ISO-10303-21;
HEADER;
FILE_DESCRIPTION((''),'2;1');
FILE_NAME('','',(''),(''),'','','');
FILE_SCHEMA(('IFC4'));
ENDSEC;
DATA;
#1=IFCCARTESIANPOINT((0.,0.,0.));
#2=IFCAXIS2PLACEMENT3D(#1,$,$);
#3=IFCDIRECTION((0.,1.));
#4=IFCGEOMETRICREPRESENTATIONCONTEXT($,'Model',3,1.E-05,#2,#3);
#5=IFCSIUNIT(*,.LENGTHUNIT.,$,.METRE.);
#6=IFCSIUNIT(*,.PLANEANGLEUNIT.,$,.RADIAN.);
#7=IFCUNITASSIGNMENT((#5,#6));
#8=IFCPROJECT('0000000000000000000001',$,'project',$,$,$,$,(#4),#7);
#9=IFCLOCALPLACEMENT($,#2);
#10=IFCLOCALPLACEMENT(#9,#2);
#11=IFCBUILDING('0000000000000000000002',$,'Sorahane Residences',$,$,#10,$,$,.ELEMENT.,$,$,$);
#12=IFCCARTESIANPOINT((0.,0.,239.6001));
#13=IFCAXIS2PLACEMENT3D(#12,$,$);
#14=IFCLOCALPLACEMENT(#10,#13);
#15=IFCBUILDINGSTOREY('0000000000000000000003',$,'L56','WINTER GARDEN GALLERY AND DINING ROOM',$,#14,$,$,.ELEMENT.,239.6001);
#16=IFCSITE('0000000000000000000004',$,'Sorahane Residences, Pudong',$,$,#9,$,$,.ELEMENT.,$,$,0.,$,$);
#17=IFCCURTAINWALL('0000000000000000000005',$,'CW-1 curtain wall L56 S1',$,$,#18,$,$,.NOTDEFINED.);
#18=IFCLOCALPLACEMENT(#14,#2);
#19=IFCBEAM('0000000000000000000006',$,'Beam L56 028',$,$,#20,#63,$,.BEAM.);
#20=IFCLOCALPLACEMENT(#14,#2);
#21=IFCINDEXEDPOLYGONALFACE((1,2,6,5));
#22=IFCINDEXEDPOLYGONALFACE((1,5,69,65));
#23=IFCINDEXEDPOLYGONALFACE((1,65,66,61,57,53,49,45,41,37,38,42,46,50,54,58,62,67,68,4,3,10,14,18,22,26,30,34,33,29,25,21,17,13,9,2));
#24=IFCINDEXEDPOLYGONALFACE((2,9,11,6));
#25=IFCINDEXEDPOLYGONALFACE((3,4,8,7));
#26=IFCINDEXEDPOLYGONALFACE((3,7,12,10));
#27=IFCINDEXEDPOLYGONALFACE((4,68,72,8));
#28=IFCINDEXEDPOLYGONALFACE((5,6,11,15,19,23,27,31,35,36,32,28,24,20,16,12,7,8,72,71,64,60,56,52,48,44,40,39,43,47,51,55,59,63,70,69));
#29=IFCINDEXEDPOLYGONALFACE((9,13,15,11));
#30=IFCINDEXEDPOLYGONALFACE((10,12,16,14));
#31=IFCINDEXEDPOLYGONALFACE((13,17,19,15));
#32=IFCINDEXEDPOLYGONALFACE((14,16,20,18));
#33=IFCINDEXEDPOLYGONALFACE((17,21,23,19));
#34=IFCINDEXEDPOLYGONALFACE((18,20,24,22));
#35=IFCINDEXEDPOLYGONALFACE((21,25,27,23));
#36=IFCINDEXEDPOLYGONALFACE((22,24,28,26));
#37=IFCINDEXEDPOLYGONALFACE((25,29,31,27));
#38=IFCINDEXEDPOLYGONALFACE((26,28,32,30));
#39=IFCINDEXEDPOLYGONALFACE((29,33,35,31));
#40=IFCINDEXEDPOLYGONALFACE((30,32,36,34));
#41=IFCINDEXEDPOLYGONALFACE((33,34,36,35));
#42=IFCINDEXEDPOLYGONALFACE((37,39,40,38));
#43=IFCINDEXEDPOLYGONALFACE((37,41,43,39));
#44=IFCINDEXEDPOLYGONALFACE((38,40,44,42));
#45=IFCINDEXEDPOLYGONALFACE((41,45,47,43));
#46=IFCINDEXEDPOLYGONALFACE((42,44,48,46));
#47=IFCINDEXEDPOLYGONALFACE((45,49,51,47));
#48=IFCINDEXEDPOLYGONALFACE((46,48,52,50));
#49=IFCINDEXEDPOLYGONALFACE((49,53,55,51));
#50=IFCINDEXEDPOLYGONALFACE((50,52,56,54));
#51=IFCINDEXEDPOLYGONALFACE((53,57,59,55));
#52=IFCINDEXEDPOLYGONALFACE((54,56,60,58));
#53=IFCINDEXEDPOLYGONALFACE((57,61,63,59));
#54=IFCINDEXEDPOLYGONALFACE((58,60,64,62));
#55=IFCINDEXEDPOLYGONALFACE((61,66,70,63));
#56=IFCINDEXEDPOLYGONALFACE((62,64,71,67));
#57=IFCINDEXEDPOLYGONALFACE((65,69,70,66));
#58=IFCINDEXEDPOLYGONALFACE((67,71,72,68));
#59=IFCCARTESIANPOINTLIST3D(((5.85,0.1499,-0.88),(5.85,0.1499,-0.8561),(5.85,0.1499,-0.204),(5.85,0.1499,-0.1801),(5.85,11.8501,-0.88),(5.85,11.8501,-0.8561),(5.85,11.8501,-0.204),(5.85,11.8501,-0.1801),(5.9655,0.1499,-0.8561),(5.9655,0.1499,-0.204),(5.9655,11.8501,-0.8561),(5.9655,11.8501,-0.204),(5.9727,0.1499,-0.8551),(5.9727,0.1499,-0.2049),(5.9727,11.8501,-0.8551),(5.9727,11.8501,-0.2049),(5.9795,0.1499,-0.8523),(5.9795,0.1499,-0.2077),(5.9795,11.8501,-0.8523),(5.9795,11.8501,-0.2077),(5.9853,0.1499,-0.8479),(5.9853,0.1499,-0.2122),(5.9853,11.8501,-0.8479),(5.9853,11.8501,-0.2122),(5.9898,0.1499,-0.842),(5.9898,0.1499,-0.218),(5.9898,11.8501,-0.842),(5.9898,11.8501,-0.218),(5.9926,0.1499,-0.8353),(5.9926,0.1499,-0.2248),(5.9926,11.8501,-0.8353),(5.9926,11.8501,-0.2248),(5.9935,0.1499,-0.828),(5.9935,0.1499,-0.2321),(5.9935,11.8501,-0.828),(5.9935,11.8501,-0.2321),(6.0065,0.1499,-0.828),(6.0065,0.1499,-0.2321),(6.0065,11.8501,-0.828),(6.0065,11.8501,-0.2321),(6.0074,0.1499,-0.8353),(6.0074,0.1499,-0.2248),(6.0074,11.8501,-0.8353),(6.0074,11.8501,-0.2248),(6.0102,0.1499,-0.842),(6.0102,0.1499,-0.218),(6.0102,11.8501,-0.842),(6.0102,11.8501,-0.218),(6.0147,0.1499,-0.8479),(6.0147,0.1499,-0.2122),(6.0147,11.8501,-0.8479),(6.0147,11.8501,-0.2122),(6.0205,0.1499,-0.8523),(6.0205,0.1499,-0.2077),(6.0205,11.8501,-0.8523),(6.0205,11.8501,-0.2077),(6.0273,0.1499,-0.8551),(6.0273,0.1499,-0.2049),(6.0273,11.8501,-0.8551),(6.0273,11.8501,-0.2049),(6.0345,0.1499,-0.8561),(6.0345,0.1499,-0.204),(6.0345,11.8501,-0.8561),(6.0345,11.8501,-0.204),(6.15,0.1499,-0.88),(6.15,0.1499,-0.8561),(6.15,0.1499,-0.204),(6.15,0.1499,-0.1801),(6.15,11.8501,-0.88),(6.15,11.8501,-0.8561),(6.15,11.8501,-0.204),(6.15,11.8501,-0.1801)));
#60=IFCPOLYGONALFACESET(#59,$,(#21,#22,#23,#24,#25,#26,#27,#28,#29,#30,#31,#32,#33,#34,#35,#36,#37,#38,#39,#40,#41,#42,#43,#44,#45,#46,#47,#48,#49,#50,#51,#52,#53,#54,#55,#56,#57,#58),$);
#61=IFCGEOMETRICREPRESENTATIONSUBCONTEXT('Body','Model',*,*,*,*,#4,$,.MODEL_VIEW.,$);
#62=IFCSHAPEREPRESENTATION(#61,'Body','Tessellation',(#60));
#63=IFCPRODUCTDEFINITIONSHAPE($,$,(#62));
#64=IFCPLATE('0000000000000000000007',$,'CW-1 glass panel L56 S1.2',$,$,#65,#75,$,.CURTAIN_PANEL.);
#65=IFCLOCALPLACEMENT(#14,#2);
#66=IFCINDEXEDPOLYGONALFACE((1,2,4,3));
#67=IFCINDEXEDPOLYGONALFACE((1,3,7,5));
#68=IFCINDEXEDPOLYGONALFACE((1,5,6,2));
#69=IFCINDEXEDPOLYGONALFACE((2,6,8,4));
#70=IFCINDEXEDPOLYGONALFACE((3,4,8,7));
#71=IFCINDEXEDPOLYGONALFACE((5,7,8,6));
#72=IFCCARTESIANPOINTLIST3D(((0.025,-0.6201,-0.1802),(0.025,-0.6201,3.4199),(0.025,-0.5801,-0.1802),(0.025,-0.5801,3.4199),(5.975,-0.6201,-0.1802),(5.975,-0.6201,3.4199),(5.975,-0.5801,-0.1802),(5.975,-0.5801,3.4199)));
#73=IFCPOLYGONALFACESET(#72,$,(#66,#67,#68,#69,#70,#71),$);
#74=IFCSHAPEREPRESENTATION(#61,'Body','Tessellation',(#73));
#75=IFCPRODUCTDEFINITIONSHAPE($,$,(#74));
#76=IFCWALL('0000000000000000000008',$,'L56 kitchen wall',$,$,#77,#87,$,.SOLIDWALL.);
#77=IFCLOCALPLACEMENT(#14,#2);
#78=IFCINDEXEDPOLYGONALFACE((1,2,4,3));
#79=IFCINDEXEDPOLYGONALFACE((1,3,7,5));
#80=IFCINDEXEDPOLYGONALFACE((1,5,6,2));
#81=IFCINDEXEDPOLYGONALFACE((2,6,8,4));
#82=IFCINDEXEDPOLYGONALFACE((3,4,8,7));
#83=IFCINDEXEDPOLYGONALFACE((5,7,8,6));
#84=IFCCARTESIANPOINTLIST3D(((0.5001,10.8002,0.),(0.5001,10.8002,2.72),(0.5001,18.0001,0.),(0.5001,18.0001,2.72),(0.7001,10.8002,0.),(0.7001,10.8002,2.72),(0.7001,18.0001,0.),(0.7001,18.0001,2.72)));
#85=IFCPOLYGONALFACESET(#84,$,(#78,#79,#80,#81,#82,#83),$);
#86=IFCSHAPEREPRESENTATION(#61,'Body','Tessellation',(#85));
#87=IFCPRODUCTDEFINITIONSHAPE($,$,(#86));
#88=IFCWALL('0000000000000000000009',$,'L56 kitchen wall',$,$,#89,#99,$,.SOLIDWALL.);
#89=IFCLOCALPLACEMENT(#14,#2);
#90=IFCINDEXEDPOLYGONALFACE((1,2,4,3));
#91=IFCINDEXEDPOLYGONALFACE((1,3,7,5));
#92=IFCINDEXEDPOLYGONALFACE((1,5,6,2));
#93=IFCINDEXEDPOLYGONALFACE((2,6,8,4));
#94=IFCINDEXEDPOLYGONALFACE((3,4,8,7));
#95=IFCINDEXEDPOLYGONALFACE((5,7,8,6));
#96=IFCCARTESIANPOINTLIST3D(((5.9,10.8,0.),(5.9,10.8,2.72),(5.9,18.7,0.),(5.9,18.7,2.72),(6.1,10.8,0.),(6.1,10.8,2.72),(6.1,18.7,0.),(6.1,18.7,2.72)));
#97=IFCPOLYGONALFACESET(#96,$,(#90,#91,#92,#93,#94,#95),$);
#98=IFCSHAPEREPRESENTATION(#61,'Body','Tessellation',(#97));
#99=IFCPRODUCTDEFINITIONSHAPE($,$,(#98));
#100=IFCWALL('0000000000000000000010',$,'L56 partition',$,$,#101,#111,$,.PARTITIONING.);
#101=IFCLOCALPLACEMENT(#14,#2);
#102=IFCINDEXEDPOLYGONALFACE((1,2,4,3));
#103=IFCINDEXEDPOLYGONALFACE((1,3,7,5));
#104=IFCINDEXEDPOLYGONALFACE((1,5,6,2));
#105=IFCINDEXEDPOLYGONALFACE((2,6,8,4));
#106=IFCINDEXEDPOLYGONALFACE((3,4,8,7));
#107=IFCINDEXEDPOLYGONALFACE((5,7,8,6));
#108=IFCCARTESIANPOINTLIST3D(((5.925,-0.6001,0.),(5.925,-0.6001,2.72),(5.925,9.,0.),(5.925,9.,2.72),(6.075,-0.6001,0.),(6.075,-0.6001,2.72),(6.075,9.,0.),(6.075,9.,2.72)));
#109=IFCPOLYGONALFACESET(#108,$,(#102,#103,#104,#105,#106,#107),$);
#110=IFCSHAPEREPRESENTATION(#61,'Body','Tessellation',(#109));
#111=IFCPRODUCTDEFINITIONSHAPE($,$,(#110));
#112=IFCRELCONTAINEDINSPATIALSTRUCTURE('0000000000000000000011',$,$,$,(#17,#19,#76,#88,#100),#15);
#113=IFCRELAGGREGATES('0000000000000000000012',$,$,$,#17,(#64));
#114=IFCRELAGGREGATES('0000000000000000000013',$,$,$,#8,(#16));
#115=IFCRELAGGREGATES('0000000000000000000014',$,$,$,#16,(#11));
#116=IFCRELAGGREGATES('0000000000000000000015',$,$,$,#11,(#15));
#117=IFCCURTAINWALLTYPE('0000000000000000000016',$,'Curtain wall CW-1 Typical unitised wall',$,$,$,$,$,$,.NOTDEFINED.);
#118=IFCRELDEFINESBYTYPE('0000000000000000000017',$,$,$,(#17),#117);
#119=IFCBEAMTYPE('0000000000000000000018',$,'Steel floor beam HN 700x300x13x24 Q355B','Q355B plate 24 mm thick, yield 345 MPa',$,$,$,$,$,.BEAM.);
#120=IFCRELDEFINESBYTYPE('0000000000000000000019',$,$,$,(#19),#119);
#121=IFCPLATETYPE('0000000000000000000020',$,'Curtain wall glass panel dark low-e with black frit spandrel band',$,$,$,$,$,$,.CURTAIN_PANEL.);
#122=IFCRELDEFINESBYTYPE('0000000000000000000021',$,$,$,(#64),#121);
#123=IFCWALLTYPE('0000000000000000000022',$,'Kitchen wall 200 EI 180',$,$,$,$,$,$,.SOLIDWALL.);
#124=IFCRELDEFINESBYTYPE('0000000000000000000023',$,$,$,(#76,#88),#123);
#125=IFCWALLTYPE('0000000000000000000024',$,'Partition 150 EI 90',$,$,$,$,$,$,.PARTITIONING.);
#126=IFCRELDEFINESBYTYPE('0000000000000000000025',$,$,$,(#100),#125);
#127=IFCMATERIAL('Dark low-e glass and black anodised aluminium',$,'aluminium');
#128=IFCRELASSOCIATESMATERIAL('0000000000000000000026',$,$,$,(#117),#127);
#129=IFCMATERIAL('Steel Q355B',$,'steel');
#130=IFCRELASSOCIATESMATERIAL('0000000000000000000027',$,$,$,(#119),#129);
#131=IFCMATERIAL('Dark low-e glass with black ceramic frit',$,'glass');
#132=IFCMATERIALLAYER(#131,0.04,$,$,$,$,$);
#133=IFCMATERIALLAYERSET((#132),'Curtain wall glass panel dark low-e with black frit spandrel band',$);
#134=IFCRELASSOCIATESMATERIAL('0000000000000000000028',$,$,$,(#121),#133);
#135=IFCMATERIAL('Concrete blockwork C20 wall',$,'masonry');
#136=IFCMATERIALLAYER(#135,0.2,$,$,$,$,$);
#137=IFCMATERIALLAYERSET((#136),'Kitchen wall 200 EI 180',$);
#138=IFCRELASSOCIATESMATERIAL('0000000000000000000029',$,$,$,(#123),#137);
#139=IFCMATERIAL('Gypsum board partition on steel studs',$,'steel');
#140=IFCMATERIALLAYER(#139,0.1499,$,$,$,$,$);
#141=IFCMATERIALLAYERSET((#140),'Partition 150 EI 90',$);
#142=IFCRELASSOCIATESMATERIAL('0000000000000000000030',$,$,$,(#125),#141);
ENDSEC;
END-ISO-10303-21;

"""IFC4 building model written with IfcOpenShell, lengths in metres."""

from ifc_helpers import new_model, si_unit, direction, frame, frame_2d, origin, origin_2d, place, context, subcontext, project, spatial, rectangle, i_section, extrude, material, layer, layer_set, material_profile, profile_set, type_object, element, aggregate, save


model = new_model("IFC4")

# Units and contexts
model_context = context("Model", 3, precision=1e-05, world=origin(), true_north=direction((0.0, 1.0)))
body_context = subcontext(model_context, "Body", "Model", "MODEL_VIEW")
ifc_project = project(units=[si_unit("LENGTHUNIT", "METRE"), si_unit("PLANEANGLEUNIT", "RADIAN")], contexts=[model_context])

# Site, building, storey
site_placement = place(None, origin())
site = spatial("IfcSite", under=ifc_project, at=site_placement, Name="Sorahane Residences, Pudong", CompositionType="ELEMENT", RefElevation=0.0)
building_placement = place(site_placement, origin())
building = spatial("IfcBuilding", under=site, at=building_placement, Name="Sorahane Residences", CompositionType="ELEMENT")
storey_placement = place(building_placement, frame((0.0, 0.0, 239.6001)))
storey = spatial("IfcBuildingStorey", under=building, at=storey_placement, Name="L56", Description="WINTER GARDEN GALLERY AND DINING ROOM", CompositionType="ELEMENT", Elevation=239.6001)

# Curtain wall
ifc_material_1 = material(Name="Dark low-e glass and black anodised aluminium", Category="aluminium")
curtain_wall_type = type_object("IfcCurtainWallType", Name="Curtain wall CW-1 Typical unitised wall", PredefinedType="NOTDEFINED", material=ifc_material_1)
curtain_wall_placement = place(storey_placement, origin())
curtain_wall = element("IfcCurtainWall", 1, at=curtain_wall_placement, inside=storey, type_object=curtain_wall_type, Name="CW-1 curtain wall L56 S1", PredefinedType="NOTDEFINED")

# Beam
ifc_material_2 = material(Name="Steel Q355B", Category="steel")
ifc_material_profile_1 = material_profile(ifc_material_2, i_section(OverallWidth=0.3, OverallDepth=0.7, WebThickness=0.0129, FlangeThickness=0.0239, FilletRadius=0.0281, at=origin_2d()), Name="HN 700x300x13x24")
ifc_profile_set_1 = profile_set([ifc_material_profile_1], Name="Steel Q355B")
beam_type_1 = type_object("IfcBeamType", Name="Steel floor beam HN 700x300x13x24 Q355B", Description="Q355B plate 24 mm thick, yield 345 MPa", PredefinedType="BEAM", material=ifc_profile_set_1)
beam_1_placement = place(storey_placement, frame((6.0, 0.1499, -0.53), z_axis=(0.0, 1.0, 0.0), x_axis=(-1.0, 0.0, 0.0)))
element("IfcBeam", 2, at=beam_1_placement, inside=storey, type_object=beam_type_1, Name="Beam L56 028", PredefinedType="BEAM", context=body_context, shape_type="SweptSolid", body=[
    extrude(i_section(OverallWidth=0.3, OverallDepth=0.7, WebThickness=0.0129, FlangeThickness=0.0239, FilletRadius=0.0281, at=origin_2d()), origin(), (0.0, 0.0, 1.0), 11.7002),
])

# Plate
ifc_material_3 = material(Name="Dark low-e glass with black ceramic frit", Category="glass")
ifc_layer_1 = layer(ifc_material_3, 0.04)
ifc_layer_set_1 = layer_set([ifc_layer_1], Name="Curtain wall glass panel dark low-e with black frit spandrel band")
plate_type = type_object("IfcPlateType", Name="Curtain wall glass panel dark low-e with black frit spandrel band", PredefinedType="CURTAIN_PANEL", material=ifc_layer_set_1)
plate_placement = place(storey_placement, frame((3.0, -0.6001, -0.1802), z_axis=(0.0, 0.0, 1.0), x_axis=(1.0, 0.0, 0.0)))
plate = element("IfcPlate", 3, at=plate_placement, type_object=plate_type, Name="CW-1 glass panel L56 S1.2", PredefinedType="CURTAIN_PANEL", context=body_context, shape_type="SweptSolid", body=[
    extrude(rectangle(XDim=5.95, YDim=0.04, at=origin_2d()), origin(), (0.0, 0.0, 1.0), 3.6001),
])
aggregate(curtain_wall, [plate])

# Walls
ifc_material_4 = material(Name="Concrete blockwork C20 wall", Category="masonry")
ifc_layer_2 = layer(ifc_material_4, 0.2)
ifc_layer_set_2 = layer_set([ifc_layer_2], Name="Kitchen wall 200 EI 180")
wall_type_1 = type_object("IfcWallType", Name="Kitchen wall 200 EI 180", PredefinedType="SOLIDWALL", material=ifc_layer_set_2)
wall_1_placement = place(storey_placement, frame((0.6001, 10.8, 0.0), z_axis=(0.0, 0.0, 1.0), x_axis=(0.0, 1.0, 0.0)))
element("IfcWall", 4, at=wall_1_placement, inside=storey, type_object=wall_type_1, Name="L56 kitchen wall", PredefinedType="SOLIDWALL", context=body_context, shape_type="SweptSolid", body=[
    extrude(rectangle(XDim=7.2, YDim=0.2, at=frame_2d((3.6001, 0.0))), origin(), (0.0, 0.0, 1.0), 2.72),
])
wall_2_placement = place(storey_placement, frame((6.0, 10.8, 0.0), z_axis=(0.0, 0.0, 1.0), x_axis=(0.0, 1.0, 0.0)))
element("IfcWall", 5, at=wall_2_placement, inside=storey, type_object=wall_type_1, Name="L56 kitchen wall", PredefinedType="SOLIDWALL", context=body_context, shape_type="SweptSolid", body=[
    extrude(rectangle(XDim=7.8999, YDim=0.2, at=frame_2d((3.95, 0.0))), origin(), (0.0, 0.0, 1.0), 2.72),
])

# Wall
ifc_material_5 = material(Name="Gypsum board partition on steel studs", Category="steel")
ifc_layer_3 = layer(ifc_material_5, 0.1499)
ifc_layer_set_3 = layer_set([ifc_layer_3], Name="Partition 150 EI 90")
wall_type_2 = type_object("IfcWallType", Name="Partition 150 EI 90", PredefinedType="PARTITIONING", material=ifc_layer_set_3)
wall_3_placement = place(storey_placement, frame((6.0, -0.6001, 0.0), z_axis=(0.0, 0.0, 1.0), x_axis=(0.0, 1.0, 0.0)))
element("IfcWall", 6, at=wall_3_placement, inside=storey, type_object=wall_type_2, Name="L56 partition", PredefinedType="PARTITIONING", context=body_context, shape_type="SweptSolid", body=[
    extrude(rectangle(XDim=9.6001, YDim=0.1499, at=frame_2d((4.8, 0.0))), origin(), (0.0, 0.0, 1.0), 2.72),
])

save(model, "model.ifc")
